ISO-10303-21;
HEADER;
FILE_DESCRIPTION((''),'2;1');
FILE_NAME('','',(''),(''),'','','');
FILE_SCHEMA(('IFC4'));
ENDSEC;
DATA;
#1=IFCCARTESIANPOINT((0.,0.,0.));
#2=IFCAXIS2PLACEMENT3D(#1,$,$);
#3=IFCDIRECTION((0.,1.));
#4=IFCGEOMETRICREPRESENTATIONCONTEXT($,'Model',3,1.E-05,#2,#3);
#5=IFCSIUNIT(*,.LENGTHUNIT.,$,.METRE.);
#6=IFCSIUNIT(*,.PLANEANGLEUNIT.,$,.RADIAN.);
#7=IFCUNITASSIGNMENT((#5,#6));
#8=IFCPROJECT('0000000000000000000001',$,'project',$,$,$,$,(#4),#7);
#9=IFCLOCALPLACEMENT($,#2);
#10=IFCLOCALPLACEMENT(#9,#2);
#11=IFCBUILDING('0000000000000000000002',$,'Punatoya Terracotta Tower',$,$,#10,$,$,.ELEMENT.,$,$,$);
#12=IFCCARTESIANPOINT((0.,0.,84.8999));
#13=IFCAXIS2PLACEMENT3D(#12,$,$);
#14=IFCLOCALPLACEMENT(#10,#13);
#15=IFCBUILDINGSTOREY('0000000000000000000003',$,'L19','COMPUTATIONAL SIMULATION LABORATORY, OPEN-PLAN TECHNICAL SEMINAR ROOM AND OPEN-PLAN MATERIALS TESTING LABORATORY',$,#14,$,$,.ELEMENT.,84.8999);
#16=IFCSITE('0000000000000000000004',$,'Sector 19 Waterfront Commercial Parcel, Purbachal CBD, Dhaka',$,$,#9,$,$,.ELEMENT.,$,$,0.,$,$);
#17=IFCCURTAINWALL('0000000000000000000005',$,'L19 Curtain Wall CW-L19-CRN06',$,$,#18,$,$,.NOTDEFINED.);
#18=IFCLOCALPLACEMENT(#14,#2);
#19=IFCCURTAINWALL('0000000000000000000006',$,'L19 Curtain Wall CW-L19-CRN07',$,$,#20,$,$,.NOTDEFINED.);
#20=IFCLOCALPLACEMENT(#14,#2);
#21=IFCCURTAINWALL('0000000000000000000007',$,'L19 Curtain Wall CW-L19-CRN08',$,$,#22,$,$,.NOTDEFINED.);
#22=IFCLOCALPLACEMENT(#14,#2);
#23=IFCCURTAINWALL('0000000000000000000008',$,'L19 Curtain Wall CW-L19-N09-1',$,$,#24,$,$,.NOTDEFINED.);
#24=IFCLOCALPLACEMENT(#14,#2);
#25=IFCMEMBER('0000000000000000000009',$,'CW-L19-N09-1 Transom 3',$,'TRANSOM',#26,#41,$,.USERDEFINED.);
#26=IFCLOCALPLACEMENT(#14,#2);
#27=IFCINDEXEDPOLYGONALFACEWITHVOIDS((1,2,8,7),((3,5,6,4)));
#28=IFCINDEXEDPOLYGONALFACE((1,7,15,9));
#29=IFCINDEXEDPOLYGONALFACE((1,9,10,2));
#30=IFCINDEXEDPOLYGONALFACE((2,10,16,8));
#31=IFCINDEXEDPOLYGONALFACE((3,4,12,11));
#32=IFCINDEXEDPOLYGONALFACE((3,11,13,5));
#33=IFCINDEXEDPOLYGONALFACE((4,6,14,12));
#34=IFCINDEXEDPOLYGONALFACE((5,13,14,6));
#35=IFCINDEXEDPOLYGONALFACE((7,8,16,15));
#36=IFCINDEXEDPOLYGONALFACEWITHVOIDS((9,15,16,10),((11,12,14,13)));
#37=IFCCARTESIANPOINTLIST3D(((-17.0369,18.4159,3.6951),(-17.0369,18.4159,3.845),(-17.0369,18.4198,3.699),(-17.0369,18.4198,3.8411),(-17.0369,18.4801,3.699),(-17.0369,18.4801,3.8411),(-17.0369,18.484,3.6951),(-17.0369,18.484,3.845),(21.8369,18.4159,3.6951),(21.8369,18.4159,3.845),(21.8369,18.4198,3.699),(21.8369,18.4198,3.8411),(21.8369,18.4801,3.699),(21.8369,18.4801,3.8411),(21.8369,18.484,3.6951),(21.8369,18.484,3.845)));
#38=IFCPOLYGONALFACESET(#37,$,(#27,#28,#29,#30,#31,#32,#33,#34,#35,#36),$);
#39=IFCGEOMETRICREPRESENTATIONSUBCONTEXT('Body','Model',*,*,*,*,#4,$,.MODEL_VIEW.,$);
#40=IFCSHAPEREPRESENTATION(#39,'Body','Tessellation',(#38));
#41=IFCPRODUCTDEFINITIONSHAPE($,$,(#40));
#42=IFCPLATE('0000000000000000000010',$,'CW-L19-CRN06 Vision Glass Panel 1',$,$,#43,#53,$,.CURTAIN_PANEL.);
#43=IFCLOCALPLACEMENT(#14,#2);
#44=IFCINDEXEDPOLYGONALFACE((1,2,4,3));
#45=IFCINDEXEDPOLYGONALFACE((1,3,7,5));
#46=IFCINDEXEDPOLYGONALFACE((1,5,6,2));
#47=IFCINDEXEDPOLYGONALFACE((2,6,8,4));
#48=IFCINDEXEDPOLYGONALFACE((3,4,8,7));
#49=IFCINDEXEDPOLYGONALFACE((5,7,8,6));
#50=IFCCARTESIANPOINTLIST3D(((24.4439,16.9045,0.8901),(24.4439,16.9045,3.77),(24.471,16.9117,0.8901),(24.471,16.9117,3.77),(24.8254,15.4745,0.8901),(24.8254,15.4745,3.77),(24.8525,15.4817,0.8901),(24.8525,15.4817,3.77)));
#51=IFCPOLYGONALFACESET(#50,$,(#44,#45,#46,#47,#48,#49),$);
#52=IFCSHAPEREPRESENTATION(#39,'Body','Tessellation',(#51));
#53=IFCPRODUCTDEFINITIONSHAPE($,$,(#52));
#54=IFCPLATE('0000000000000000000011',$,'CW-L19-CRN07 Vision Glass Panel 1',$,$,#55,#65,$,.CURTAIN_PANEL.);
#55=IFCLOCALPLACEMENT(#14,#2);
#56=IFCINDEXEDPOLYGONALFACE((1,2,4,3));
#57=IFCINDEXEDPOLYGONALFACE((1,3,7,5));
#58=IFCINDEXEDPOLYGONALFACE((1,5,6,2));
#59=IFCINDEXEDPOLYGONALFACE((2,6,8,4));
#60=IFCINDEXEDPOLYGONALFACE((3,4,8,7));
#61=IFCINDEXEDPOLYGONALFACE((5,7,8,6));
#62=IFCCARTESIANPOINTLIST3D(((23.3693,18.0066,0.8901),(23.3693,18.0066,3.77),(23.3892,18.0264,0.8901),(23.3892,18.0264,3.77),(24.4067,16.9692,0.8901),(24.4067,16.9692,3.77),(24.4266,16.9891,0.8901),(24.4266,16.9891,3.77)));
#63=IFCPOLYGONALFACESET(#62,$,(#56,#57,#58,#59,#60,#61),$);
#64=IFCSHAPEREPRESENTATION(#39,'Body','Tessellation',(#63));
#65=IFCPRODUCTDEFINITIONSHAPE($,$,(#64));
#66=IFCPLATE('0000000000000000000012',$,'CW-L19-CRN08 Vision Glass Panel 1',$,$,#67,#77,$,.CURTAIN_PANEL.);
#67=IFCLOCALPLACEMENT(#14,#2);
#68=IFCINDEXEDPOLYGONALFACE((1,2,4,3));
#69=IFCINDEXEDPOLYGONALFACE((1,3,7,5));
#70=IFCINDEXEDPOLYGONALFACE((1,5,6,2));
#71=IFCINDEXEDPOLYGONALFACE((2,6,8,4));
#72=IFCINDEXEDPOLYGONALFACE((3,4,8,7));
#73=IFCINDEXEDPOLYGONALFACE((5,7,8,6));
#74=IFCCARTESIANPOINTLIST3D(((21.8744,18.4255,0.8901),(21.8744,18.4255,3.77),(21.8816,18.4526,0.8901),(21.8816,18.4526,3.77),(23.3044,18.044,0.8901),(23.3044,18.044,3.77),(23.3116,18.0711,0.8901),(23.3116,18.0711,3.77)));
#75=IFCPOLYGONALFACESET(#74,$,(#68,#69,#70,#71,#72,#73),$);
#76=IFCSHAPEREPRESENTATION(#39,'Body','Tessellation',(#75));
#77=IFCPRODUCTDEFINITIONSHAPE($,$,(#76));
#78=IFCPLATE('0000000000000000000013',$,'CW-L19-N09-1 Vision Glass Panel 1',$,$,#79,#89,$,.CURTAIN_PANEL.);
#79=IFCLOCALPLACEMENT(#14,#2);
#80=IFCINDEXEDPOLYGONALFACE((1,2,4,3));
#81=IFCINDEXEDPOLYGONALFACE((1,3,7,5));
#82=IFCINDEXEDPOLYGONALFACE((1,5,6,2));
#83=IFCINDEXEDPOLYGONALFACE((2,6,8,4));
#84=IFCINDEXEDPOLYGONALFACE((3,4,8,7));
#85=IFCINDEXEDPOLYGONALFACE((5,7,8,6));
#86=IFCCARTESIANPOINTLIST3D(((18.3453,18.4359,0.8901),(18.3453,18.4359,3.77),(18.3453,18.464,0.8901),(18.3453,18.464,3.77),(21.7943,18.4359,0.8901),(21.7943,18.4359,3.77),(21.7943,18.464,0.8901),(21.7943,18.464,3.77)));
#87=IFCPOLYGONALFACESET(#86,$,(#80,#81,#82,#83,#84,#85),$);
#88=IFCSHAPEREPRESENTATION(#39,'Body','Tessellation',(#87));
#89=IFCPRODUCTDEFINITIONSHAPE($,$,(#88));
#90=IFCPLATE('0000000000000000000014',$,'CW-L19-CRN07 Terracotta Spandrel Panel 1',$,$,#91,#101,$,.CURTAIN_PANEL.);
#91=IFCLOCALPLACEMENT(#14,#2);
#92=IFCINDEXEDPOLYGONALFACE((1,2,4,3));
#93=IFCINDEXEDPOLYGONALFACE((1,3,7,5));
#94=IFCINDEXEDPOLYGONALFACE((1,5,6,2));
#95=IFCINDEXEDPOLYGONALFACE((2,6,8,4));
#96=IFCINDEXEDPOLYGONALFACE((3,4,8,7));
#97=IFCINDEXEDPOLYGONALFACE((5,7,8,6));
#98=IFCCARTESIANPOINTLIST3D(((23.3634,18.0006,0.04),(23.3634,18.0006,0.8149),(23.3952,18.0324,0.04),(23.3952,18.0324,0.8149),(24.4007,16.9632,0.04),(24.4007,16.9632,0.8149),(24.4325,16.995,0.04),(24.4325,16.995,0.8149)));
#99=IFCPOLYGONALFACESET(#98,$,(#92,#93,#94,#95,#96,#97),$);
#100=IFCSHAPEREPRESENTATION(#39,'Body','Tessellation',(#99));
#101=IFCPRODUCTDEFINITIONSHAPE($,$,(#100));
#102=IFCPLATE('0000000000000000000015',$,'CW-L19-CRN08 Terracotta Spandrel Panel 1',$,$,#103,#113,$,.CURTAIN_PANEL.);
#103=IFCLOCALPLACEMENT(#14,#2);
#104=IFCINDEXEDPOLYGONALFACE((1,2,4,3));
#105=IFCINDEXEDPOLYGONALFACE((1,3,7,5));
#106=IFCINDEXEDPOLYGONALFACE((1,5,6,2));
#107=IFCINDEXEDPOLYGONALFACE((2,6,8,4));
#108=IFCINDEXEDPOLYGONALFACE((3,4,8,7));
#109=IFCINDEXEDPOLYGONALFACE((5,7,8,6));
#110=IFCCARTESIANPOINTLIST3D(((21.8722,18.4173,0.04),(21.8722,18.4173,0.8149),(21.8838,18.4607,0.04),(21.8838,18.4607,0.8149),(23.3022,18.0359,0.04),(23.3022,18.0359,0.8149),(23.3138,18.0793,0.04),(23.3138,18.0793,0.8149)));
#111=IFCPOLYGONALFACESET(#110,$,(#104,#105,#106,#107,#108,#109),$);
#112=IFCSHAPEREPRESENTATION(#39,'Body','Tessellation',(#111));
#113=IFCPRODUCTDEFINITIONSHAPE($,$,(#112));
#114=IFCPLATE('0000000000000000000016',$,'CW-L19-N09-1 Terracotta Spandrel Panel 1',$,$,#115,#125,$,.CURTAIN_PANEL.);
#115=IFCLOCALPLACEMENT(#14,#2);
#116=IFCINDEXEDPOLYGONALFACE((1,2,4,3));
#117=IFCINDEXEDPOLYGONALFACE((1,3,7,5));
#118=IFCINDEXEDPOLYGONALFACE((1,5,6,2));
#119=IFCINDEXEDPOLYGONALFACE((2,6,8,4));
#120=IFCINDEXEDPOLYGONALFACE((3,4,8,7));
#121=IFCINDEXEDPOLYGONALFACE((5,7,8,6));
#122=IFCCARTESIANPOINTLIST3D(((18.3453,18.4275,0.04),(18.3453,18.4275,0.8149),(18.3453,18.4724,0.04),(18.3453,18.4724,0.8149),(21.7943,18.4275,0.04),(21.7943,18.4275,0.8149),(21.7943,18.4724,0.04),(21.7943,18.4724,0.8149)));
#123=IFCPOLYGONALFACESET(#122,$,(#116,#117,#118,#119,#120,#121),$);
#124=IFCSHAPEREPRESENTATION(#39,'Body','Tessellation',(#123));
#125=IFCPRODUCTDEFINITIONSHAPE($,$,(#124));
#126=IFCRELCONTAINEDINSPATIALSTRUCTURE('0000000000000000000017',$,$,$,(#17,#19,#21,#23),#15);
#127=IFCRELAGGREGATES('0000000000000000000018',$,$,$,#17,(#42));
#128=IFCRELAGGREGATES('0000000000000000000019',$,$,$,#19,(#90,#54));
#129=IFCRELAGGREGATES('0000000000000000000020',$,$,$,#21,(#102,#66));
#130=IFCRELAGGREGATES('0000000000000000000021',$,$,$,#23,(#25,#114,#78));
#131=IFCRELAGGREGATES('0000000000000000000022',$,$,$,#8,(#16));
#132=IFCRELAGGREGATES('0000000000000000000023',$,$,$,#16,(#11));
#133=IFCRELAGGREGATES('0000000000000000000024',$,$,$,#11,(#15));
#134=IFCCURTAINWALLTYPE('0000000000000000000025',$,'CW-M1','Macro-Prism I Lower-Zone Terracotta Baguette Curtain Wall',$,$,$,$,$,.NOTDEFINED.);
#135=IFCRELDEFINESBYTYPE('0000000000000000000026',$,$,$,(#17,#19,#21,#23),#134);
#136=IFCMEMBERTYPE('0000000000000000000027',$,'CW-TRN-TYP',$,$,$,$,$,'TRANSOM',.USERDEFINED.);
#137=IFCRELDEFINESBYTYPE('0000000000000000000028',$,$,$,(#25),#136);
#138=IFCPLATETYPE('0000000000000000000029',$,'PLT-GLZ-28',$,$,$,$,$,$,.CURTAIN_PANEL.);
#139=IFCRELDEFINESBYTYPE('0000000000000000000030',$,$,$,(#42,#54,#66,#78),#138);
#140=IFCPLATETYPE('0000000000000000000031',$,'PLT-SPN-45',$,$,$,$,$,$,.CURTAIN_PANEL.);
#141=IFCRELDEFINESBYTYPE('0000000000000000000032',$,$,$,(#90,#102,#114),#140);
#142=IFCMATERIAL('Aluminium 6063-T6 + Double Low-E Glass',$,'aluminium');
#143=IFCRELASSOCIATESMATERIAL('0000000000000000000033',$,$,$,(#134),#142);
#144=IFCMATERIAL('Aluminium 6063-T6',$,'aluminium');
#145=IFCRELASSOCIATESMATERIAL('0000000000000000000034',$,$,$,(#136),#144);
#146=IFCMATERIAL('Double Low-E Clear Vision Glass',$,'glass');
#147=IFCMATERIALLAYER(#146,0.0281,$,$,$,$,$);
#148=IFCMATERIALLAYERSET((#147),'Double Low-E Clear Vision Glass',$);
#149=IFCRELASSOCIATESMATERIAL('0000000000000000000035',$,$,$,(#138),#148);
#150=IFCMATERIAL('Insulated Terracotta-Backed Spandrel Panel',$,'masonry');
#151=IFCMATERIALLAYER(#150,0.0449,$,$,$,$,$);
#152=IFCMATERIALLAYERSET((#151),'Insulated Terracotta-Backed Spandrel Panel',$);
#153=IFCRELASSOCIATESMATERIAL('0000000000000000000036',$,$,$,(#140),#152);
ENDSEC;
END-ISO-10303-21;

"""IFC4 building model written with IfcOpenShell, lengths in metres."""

from ifc_helpers import new_model, si_unit, direction, frame, origin, origin_2d, place, context, subcontext, project, spatial, rectangle, hollow_rectangle, extrude, material, layer, layer_set, material_profile, profile_set, type_object, element, aggregate, save


model = new_model("IFC4")

# Units and contexts
model_context = context("Model", 3, precision=1e-05, world=origin(), true_north=direction((0.0, 1.0)))
body_context = subcontext(model_context, "Body", "Model", "MODEL_VIEW")
ifc_project = project(units=[si_unit("LENGTHUNIT", "METRE"), si_unit("PLANEANGLEUNIT", "RADIAN")], contexts=[model_context])

# Site, building, storey
site_placement = place(None, origin())
site = spatial("IfcSite", under=ifc_project, at=site_placement, Name="Sector 19 Waterfront Commercial Parcel, Purbachal CBD, Dhaka", CompositionType="ELEMENT", RefElevation=0.0)
building_placement = place(site_placement, origin())
building = spatial("IfcBuilding", under=site, at=building_placement, Name="Punatoya Terracotta Tower", CompositionType="ELEMENT")
storey_placement = place(building_placement, frame((0.0, 0.0, 84.8999)))
storey = spatial("IfcBuildingStorey", under=building, at=storey_placement, Name="L19", Description="COMPUTATIONAL SIMULATION LABORATORY, OPEN-PLAN TECHNICAL SEMINAR ROOM AND OPEN-PLAN MATERIALS TESTING LABORATORY", CompositionType="ELEMENT", Elevation=84.8999)

# Curtain wall
ifc_material_1 = material(Name="Aluminium 6063-T6 + Double Low-E Glass", Category="aluminium")
curtain_wall_type = type_object("IfcCurtainWallType", Name="CW-M1", Description="Macro-Prism I Lower-Zone Terracotta Baguette Curtain Wall", PredefinedType="NOTDEFINED", material=ifc_material_1)
curtain_wall_1_placement = place(storey_placement, origin())
curtain_wall_1 = element("IfcCurtainWall", 1, at=curtain_wall_1_placement, inside=storey, type_object=curtain_wall_type, Name="L19 Curtain Wall CW-L19-CRN06", PredefinedType="NOTDEFINED")
ifc_material_2 = material(Name="Aluminium 6063-T6", Category="aluminium")

# Curtain walls
curtain_wall_2_placement = place(storey_placement, origin())
curtain_wall_2 = element("IfcCurtainWall", 2, at=curtain_wall_2_placement, inside=storey, type_object=curtain_wall_type, Name="L19 Curtain Wall CW-L19-CRN07", PredefinedType="NOTDEFINED")
curtain_wall_3_placement = place(storey_placement, origin())
curtain_wall_3 = element("IfcCurtainWall", 3, at=curtain_wall_3_placement, inside=storey, type_object=curtain_wall_type, Name="L19 Curtain Wall CW-L19-CRN08", PredefinedType="NOTDEFINED")
curtain_wall_4_placement = place(storey_placement, origin())
curtain_wall_4 = element("IfcCurtainWall", 4, at=curtain_wall_4_placement, inside=storey, type_object=curtain_wall_type, Name="L19 Curtain Wall CW-L19-N09-1", PredefinedType="NOTDEFINED")

# Member
ifc_material_profile_1 = material_profile(ifc_material_2, hollow_rectangle(XDim=0.0681, YDim=0.1499, WallThickness=0.0039, at=origin_2d()))
ifc_profile_set_1 = profile_set([ifc_material_profile_1], Name="Aluminium 6063-T6")
member_type_1 = type_object("IfcMemberType", Name="CW-TRN-TYP", ElementType="TRANSOM", PredefinedType="USERDEFINED", material=ifc_profile_set_1)
member_1_placement = place(storey_placement, frame((21.8369, 18.45, 3.77), z_axis=(-1.0, 0.0, 0.0), x_axis=(0.0, -1.0, 0.0)))
member_1 = element("IfcMember", 5, at=member_1_placement, type_object=member_type_1, Name="CW-L19-N09-1 Transom 3", ObjectType="TRANSOM", PredefinedType="USERDEFINED", context=body_context, shape_type="SweptSolid", body=[
    extrude(hollow_rectangle(XDim=0.0681, YDim=0.1499, WallThickness=0.0039, at=origin_2d()), origin(), (0.0, 0.0, 1.0), 38.8738),
])

# Plates
ifc_material_3 = material(Name="Double Low-E Clear Vision Glass", Category="glass")
ifc_layer_1 = layer(ifc_material_3, 0.0281)
ifc_layer_set_1 = layer_set([ifc_layer_1], Name="Double Low-E Clear Vision Glass")
plate_type_1 = type_object("IfcPlateType", Name="PLT-GLZ-28", PredefinedType="CURTAIN_PANEL", material=ifc_layer_set_1)
plate_1_placement = place(storey_placement, frame((24.6482, 16.1931, 0.8901), z_axis=(0.0, 0.0, 1.0), x_axis=(-0.257742, 0.966214, 0.0)))
plate_1 = element("IfcPlate", 6, at=plate_1_placement, type_object=plate_type_1, Name="CW-L19-CRN06 Vision Glass Panel 1", PredefinedType="CURTAIN_PANEL", context=body_context, shape_type="SweptSolid", body=[
    extrude(rectangle(XDim=1.48, YDim=0.0281, at=origin_2d()), origin(), (0.0, 0.0, 1.0), 2.8799),
])
aggregate(curtain_wall_1, [plate_1])
plate_2_placement = place(storey_placement, frame((23.8979, 17.4978, 0.8901), z_axis=(0.0, 0.0, 1.0), x_axis=(-0.707107, 0.707107, 0.0)))
plate_2 = element("IfcPlate", 7, at=plate_2_placement, type_object=plate_type_1, Name="CW-L19-CRN07 Vision Glass Panel 1", PredefinedType="CURTAIN_PANEL", context=body_context, shape_type="SweptSolid", body=[
    extrude(rectangle(XDim=1.467, YDim=0.0281, at=origin_2d()), origin(), (0.0, 0.0, 1.0), 2.8799),
])
plate_3_placement = place(storey_placement, frame((22.593, 18.2483, 0.8901), z_axis=(0.0, 0.0, 1.0), x_axis=(-0.966214, 0.257742, 0.0)))
plate_3 = element("IfcPlate", 8, at=plate_3_placement, type_object=plate_type_1, Name="CW-L19-CRN08 Vision Glass Panel 1", PredefinedType="CURTAIN_PANEL", context=body_context, shape_type="SweptSolid", body=[
    extrude(rectangle(XDim=1.48, YDim=0.0281, at=origin_2d()), origin(), (0.0, 0.0, 1.0), 2.8799),
])
plate_4_placement = place(storey_placement, frame((20.0698, 18.45, 0.8901), z_axis=(0.0, 0.0, 1.0), x_axis=(-1.0, 0.0, 0.0)))
plate_4 = element("IfcPlate", 9, at=plate_4_placement, type_object=plate_type_1, Name="CW-L19-N09-1 Vision Glass Panel 1", PredefinedType="CURTAIN_PANEL", context=body_context, shape_type="SweptSolid", body=[
    extrude(rectangle(XDim=3.449, YDim=0.0281, at=origin_2d()), origin(), (0.0, 0.0, 1.0), 2.8799),
])
ifc_material_4 = material(Name="Insulated Terracotta-Backed Spandrel Panel", Category="masonry")
ifc_layer_2 = layer(ifc_material_4, 0.0449)
ifc_layer_set_2 = layer_set([ifc_layer_2], Name="Insulated Terracotta-Backed Spandrel Panel")
plate_type_2 = type_object("IfcPlateType", Name="PLT-SPN-45", PredefinedType="CURTAIN_PANEL", material=ifc_layer_set_2)
plate_5_placement = place(storey_placement, frame((23.8979, 17.4978, 0.04), z_axis=(0.0, 0.0, 1.0), x_axis=(-0.707107, 0.707107, 0.0)))
plate_5 = element("IfcPlate", 10, at=plate_5_placement, type_object=plate_type_2, Name="CW-L19-CRN07 Terracotta Spandrel Panel 1", PredefinedType="CURTAIN_PANEL", context=body_context, shape_type="SweptSolid", body=[
    extrude(rectangle(XDim=1.467, YDim=0.0449, at=origin_2d()), origin(), (0.0, 0.0, 1.0), 0.7749),
])
aggregate(curtain_wall_2, [plate_5, plate_2])
plate_6_placement = place(storey_placement, frame((22.593, 18.2483, 0.04), z_axis=(0.0, 0.0, 1.0), x_axis=(-0.966214, 0.257742, 0.0)))
plate_6 = element("IfcPlate", 11, at=plate_6_placement, type_object=plate_type_2, Name="CW-L19-CRN08 Terracotta Spandrel Panel 1", PredefinedType="CURTAIN_PANEL", context=body_context, shape_type="SweptSolid", body=[
    extrude(rectangle(XDim=1.48, YDim=0.0449, at=origin_2d()), origin(), (0.0, 0.0, 1.0), 0.7749),
])
aggregate(curtain_wall_3, [plate_6, plate_3])
plate_7_placement = place(storey_placement, frame((20.0698, 18.45, 0.04), z_axis=(0.0, 0.0, 1.0), x_axis=(-1.0, 0.0, 0.0)))
plate_7 = element("IfcPlate", 12, at=plate_7_placement, type_object=plate_type_2, Name="CW-L19-N09-1 Terracotta Spandrel Panel 1", PredefinedType="CURTAIN_PANEL", context=body_context, shape_type="SweptSolid", body=[
    extrude(rectangle(XDim=3.449, YDim=0.0449, at=origin_2d()), origin(), (0.0, 0.0, 1.0), 0.7749),
])
aggregate(curtain_wall_4, [member_1, plate_7, plate_4])

save(model, "model.ifc")
